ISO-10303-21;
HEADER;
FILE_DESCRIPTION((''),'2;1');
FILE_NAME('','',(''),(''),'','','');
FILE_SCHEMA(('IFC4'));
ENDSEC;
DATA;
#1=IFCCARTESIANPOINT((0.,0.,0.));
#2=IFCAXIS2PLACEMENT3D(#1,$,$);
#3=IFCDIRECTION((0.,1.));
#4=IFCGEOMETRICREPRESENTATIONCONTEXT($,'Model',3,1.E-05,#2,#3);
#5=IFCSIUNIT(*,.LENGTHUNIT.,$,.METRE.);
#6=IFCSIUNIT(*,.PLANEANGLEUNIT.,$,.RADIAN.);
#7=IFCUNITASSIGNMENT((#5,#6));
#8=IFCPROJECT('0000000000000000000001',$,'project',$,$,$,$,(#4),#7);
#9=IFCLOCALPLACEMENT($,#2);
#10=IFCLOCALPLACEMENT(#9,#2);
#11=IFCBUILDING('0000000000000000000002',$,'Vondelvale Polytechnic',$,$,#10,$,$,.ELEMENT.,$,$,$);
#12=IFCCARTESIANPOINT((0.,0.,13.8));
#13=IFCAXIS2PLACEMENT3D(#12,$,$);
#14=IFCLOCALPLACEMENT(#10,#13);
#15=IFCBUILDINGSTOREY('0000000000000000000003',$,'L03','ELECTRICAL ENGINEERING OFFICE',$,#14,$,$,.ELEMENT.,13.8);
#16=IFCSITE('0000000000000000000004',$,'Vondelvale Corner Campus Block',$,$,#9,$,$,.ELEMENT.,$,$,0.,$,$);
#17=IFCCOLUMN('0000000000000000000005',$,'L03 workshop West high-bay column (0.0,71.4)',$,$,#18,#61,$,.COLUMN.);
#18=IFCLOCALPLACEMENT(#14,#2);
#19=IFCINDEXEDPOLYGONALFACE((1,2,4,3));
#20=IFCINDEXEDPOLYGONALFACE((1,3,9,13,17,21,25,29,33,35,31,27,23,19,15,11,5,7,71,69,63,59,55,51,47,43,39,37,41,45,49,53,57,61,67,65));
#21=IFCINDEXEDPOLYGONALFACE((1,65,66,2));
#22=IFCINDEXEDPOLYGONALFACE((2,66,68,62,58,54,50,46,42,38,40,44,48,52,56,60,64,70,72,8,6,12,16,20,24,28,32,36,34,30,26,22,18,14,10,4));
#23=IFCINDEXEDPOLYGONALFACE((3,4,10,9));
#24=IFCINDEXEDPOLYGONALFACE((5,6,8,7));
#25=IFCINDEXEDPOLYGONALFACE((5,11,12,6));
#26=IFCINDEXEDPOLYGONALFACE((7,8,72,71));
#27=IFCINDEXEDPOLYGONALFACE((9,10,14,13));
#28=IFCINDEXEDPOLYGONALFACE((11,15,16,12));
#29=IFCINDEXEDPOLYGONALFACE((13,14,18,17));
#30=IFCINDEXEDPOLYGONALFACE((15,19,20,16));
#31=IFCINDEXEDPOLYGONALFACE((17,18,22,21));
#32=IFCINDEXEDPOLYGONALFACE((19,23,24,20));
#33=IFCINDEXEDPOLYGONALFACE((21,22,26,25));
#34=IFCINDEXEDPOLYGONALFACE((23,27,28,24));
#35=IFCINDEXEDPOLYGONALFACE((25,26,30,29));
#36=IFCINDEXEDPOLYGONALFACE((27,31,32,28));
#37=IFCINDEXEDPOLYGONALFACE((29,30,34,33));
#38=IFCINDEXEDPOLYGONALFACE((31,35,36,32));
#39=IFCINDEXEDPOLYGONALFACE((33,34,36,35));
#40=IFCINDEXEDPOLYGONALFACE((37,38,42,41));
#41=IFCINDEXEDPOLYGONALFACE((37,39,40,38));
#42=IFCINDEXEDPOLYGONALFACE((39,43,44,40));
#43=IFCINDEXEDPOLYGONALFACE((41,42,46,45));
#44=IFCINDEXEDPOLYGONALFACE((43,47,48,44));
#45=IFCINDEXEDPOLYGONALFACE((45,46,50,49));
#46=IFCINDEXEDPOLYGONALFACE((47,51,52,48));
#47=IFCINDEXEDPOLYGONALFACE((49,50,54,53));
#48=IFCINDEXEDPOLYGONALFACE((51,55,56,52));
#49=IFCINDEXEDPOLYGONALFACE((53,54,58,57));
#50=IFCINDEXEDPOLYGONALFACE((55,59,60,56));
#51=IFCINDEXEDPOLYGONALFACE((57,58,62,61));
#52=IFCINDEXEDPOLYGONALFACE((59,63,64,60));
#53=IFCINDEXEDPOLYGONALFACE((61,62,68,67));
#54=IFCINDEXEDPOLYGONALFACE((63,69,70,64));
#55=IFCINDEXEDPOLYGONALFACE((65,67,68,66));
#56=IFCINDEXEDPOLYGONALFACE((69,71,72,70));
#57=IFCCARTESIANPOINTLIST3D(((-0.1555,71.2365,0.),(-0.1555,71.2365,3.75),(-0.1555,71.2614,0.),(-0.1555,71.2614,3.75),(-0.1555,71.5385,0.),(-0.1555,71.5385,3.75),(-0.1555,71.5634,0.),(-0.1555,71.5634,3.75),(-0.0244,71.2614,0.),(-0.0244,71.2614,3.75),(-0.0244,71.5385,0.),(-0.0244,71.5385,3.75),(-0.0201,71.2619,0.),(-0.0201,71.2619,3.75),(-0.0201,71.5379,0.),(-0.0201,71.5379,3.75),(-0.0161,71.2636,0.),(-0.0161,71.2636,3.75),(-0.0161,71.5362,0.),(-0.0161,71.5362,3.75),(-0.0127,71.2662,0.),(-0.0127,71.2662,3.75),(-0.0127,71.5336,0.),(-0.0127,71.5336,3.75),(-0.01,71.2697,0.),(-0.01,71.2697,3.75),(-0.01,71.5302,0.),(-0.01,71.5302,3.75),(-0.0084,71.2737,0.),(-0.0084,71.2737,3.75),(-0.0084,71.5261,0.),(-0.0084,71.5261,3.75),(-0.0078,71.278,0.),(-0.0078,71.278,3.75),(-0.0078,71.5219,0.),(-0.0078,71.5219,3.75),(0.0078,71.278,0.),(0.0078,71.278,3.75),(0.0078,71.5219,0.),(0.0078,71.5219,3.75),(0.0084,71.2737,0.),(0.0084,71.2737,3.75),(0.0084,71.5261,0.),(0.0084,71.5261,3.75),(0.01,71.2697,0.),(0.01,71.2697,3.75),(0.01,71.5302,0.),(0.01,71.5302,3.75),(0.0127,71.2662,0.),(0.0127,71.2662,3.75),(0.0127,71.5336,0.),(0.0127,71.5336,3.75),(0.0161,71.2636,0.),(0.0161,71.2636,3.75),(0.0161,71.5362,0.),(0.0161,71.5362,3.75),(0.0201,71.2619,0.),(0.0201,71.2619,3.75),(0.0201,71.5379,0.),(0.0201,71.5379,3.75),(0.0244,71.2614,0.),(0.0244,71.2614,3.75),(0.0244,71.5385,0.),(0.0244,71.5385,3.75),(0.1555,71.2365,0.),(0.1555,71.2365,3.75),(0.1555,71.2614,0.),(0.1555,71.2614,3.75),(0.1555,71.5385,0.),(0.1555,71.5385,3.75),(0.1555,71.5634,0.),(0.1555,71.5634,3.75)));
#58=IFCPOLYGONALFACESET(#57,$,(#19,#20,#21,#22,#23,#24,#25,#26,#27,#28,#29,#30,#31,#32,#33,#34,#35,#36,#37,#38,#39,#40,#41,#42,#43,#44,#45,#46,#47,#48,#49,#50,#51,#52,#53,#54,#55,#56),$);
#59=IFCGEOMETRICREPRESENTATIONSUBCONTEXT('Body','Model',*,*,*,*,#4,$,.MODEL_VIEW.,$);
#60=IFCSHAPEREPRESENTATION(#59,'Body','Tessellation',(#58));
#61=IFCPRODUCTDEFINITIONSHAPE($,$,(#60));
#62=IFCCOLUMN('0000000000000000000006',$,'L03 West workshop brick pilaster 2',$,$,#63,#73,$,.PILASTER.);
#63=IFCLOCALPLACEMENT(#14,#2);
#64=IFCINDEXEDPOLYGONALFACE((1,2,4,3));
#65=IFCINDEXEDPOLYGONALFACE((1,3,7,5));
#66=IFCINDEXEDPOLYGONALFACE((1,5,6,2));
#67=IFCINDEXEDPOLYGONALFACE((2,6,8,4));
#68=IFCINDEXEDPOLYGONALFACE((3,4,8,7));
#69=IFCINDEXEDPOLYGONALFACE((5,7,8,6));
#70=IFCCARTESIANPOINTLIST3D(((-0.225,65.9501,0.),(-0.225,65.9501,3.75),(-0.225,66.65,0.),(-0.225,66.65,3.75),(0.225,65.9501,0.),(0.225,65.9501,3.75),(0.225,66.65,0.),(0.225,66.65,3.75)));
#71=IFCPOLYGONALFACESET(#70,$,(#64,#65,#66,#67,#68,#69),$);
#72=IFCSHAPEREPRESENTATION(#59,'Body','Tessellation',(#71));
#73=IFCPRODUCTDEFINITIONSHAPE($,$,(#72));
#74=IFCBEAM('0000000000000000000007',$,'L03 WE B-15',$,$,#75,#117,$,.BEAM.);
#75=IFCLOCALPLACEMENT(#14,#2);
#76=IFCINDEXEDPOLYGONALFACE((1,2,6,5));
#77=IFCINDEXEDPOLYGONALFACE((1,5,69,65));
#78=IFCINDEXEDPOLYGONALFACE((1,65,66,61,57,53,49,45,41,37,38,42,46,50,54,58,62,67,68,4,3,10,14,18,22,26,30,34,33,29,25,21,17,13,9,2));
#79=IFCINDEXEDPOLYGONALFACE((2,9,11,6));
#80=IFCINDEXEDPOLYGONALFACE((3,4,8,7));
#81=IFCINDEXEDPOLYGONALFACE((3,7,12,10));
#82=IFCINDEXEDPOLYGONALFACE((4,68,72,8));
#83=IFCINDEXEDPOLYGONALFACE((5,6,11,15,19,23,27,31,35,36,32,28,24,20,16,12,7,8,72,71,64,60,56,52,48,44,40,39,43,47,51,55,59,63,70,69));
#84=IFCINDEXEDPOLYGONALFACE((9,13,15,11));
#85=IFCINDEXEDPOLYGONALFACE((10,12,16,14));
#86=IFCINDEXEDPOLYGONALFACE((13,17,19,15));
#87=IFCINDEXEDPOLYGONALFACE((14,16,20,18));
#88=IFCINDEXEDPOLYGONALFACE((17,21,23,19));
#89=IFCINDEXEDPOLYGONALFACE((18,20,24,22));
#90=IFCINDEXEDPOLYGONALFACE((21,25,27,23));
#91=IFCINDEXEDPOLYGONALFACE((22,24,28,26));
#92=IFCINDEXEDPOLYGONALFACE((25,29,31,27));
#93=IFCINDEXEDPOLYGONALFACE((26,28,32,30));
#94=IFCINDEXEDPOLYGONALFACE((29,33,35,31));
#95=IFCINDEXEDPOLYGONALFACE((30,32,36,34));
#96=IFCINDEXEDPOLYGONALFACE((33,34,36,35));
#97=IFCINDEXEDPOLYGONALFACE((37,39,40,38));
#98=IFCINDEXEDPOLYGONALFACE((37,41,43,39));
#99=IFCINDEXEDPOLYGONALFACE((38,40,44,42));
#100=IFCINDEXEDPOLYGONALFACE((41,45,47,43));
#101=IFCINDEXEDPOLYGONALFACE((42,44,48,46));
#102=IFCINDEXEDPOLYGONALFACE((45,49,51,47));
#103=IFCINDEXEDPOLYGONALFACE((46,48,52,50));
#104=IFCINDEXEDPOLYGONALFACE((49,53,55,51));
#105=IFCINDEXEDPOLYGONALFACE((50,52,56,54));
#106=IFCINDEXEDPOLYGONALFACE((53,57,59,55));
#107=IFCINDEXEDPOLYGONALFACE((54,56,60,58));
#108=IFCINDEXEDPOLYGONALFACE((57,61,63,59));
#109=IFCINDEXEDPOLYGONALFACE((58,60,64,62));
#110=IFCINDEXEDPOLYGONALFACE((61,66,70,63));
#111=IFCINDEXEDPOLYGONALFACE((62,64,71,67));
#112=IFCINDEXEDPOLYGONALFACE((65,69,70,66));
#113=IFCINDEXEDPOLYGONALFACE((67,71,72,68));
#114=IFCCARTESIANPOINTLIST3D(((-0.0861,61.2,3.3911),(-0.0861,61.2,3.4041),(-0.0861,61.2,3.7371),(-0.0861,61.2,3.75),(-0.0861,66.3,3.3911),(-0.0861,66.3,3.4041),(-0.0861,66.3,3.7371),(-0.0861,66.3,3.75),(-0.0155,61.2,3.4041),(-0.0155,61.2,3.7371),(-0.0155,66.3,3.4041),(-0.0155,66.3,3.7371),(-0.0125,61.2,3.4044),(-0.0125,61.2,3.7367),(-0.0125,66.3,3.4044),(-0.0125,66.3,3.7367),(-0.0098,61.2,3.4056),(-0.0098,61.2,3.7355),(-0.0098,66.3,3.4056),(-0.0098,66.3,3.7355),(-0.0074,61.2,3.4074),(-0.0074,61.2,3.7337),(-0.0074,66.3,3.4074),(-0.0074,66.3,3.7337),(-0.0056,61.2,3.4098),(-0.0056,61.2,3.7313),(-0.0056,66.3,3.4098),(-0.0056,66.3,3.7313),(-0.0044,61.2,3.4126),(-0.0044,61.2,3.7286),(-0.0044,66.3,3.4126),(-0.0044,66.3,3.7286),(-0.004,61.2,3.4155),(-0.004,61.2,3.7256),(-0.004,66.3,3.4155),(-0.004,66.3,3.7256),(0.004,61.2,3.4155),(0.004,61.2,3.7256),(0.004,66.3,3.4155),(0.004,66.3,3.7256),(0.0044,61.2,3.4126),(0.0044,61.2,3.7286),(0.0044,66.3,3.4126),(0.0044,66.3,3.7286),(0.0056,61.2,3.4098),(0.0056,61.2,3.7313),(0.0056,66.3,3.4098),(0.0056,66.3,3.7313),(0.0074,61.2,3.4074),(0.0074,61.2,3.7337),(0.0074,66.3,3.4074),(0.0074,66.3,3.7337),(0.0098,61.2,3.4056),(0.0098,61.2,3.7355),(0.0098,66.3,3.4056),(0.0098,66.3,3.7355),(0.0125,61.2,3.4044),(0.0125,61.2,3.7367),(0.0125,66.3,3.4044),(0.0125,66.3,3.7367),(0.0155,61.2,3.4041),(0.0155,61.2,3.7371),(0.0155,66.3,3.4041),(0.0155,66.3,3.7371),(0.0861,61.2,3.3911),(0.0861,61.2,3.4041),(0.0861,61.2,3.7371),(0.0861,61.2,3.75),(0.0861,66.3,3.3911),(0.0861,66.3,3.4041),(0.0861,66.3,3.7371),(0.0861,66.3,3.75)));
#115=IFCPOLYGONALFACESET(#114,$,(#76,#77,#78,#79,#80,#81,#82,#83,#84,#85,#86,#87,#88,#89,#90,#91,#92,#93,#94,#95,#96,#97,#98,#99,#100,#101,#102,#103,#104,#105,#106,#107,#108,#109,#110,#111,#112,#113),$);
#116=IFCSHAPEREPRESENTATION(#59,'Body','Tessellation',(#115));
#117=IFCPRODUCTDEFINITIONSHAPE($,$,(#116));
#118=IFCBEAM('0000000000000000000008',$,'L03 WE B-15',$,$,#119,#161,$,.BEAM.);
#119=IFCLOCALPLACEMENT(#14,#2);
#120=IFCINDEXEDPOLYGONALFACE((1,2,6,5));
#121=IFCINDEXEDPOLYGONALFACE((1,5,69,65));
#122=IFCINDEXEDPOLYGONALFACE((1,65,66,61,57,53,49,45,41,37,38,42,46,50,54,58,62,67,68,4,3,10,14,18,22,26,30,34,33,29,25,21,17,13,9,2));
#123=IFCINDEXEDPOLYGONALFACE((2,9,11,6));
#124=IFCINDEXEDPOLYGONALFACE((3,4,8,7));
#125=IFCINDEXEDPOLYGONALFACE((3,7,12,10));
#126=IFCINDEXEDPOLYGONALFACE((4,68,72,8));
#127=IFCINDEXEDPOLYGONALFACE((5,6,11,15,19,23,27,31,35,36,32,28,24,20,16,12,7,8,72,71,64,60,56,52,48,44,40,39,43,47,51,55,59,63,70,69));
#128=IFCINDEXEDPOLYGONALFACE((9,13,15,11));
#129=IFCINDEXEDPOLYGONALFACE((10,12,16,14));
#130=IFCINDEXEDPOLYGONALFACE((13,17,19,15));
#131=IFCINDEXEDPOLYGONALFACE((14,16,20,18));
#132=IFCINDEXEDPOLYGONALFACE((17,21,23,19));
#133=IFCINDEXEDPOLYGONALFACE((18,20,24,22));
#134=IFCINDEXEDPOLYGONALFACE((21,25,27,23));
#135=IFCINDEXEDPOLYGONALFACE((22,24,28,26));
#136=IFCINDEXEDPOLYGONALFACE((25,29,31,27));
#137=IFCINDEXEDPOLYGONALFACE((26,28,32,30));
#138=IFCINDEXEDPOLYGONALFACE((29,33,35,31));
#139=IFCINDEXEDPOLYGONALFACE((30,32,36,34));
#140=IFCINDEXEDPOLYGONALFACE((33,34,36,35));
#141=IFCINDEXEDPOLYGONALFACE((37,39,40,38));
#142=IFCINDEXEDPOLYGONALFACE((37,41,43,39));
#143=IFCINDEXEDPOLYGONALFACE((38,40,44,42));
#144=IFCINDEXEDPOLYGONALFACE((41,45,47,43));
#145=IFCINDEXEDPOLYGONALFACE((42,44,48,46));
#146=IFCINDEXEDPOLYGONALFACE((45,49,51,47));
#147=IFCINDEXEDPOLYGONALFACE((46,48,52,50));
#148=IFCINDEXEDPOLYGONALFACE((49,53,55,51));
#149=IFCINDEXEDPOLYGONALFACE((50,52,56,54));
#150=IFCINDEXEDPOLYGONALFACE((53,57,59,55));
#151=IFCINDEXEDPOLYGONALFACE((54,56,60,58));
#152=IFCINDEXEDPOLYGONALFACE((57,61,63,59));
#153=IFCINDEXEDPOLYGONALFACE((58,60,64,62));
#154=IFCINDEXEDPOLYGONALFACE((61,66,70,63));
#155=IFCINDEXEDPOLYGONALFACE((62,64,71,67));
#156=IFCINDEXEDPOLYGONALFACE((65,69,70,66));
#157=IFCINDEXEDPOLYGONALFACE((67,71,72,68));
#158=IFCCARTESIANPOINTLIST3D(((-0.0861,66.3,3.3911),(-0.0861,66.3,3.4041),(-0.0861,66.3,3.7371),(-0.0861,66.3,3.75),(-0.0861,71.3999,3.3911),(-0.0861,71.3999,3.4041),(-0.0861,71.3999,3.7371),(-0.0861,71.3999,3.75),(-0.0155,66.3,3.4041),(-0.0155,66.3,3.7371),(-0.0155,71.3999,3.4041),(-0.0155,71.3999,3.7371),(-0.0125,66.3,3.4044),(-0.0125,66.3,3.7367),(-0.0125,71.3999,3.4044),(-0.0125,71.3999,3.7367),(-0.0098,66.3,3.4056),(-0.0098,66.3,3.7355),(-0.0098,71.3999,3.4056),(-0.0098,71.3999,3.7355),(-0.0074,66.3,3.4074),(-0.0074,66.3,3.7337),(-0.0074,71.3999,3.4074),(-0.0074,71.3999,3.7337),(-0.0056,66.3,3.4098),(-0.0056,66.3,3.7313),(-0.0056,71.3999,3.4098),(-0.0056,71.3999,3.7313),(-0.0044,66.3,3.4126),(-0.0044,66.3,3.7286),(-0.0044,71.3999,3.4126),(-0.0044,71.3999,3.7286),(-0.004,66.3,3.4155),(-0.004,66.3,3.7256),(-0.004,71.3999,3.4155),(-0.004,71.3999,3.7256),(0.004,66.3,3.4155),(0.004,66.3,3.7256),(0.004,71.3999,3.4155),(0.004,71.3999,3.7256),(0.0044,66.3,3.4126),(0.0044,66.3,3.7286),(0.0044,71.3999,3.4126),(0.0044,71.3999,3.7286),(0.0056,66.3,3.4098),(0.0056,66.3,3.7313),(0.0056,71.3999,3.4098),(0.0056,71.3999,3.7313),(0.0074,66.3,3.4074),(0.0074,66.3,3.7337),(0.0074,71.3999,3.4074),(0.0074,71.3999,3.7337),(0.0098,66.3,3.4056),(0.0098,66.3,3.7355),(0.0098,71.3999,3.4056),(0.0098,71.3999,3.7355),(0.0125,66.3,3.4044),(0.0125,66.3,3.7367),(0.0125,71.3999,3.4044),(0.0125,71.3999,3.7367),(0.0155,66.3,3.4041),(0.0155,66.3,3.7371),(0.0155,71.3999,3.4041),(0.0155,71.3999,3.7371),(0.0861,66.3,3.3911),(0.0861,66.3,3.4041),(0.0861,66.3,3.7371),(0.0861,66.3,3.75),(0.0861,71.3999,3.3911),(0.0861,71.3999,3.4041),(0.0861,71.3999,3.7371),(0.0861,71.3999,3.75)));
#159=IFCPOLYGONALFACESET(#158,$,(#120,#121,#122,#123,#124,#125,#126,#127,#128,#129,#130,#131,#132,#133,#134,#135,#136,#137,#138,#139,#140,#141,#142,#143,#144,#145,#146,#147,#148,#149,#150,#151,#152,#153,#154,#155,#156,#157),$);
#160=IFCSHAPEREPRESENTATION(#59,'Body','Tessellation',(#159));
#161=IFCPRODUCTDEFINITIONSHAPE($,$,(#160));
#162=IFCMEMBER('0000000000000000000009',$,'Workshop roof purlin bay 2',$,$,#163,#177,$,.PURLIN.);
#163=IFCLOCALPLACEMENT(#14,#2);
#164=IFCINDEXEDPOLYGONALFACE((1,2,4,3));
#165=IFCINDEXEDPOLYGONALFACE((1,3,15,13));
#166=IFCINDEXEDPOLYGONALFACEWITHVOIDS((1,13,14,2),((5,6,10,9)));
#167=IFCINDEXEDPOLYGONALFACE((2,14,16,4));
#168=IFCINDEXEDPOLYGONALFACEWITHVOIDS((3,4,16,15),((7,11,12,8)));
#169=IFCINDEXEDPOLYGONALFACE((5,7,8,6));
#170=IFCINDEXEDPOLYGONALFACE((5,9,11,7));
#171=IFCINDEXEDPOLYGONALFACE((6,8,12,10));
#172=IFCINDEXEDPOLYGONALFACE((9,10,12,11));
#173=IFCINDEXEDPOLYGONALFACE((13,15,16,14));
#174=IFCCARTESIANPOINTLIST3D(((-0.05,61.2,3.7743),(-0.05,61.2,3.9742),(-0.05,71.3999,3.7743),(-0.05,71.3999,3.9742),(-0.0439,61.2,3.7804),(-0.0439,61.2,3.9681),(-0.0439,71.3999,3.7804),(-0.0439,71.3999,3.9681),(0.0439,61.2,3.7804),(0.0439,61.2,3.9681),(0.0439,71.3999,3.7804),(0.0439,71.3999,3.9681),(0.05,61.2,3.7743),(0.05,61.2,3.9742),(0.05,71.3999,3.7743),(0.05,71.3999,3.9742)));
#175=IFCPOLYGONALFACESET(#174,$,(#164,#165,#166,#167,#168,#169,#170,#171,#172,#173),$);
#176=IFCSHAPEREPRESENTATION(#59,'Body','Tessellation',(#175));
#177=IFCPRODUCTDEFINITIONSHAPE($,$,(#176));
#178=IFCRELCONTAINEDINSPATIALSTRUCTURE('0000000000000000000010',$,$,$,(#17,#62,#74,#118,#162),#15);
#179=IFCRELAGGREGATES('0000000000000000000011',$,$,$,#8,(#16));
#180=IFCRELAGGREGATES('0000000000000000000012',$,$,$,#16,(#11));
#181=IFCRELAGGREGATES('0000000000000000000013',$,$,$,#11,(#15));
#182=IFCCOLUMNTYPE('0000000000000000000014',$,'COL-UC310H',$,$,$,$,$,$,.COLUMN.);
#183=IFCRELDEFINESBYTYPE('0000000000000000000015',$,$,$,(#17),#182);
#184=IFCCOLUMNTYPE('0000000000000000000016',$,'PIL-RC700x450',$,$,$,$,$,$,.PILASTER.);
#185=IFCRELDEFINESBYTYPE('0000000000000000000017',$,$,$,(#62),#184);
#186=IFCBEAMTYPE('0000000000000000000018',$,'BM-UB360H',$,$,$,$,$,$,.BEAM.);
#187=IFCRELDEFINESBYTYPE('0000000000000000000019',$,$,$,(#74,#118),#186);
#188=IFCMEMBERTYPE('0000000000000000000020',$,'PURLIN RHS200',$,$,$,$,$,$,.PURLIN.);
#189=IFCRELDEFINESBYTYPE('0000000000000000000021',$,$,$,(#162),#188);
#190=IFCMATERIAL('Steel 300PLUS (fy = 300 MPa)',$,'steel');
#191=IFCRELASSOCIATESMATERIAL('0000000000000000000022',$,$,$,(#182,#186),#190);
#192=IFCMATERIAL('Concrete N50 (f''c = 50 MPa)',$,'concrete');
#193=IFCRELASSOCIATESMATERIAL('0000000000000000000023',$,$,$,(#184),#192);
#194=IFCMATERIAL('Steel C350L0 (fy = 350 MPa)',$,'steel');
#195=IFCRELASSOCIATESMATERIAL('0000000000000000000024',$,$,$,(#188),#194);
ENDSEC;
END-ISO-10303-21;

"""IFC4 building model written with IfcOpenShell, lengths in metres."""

from ifc_helpers import new_model, si_unit, direction, frame, origin, origin_2d, place, context, subcontext, project, spatial, rectangle, hollow_rectangle, i_section, extrude, material, material_profile, profile_set, type_object, element, save


model = new_model("IFC4")

# Units and contexts
model_context = context("Model", 3, precision=1e-05, world=origin(), true_north=direction((0.0, 1.0)))
body_context = subcontext(model_context, "Body", "Model", "MODEL_VIEW")
ifc_project = project(units=[si_unit("LENGTHUNIT", "METRE"), si_unit("PLANEANGLEUNIT", "RADIAN")], contexts=[model_context])

# Site, building, storey
site_placement = place(None, origin())
site = spatial("IfcSite", under=ifc_project, at=site_placement, Name="Vondelvale Corner Campus Block", CompositionType="ELEMENT", RefElevation=0.0)
building_placement = place(site_placement, origin())
building = spatial("IfcBuilding", under=site, at=building_placement, Name="Vondelvale Polytechnic", CompositionType="ELEMENT")
storey_placement = place(building_placement, frame((0.0, 0.0, 13.8)))
storey = spatial("IfcBuildingStorey", under=building, at=storey_placement, Name="L03", Description="ELECTRICAL ENGINEERING OFFICE", CompositionType="ELEMENT", Elevation=13.8)

# Columns
ifc_material_1 = material(Name="Steel 300PLUS (fy = 300 MPa)", Category="steel")
ifc_material_profile_1 = material_profile(ifc_material_1, i_section(OverallWidth=0.311, OverallDepth=0.3269, WebThickness=0.0156, FlangeThickness=0.0249, FilletRadius=0.0166, at=origin_2d()), Name="310UC158")
ifc_profile_set_1 = profile_set([ifc_material_profile_1], Name="Steel 300PLUS (fy = 300 MPa)")
column_type_1 = type_object("IfcColumnType", Name="COL-UC310H", PredefinedType="COLUMN", material=ifc_profile_set_1)
column_1_placement = place(storey_placement, frame((0.0, 71.3999, 0.0), z_axis=(0.0, 0.0, 1.0), x_axis=(1.0, 0.0, 0.0)))
element("IfcColumn", 1, at=column_1_placement, inside=storey, type_object=column_type_1, Name="L03 workshop West high-bay column (0.0,71.4)", PredefinedType="COLUMN", context=body_context, shape_type="SweptSolid", body=[
    extrude(i_section(OverallWidth=0.311, OverallDepth=0.3269, WebThickness=0.0156, FlangeThickness=0.0249, FilletRadius=0.0166, at=origin_2d()), origin(), (0.0, 0.0, 1.0), 3.75),
])
ifc_material_2 = material(Name="Concrete N50 (f'c = 50 MPa)", Category="concrete")
ifc_material_profile_2 = material_profile(ifc_material_2, rectangle(XDim=0.45, YDim=0.7, at=origin_2d()), Name="RC-PIL-700x450")
ifc_profile_set_2 = profile_set([ifc_material_profile_2], Name="Concrete N50 (f'c = 50 MPa)")
column_type_2 = type_object("IfcColumnType", Name="PIL-RC700x450", PredefinedType="PILASTER", material=ifc_profile_set_2)
column_2_placement = place(storey_placement, frame((0.0, 66.3, 0.0), z_axis=(0.0, 0.0, 1.0), x_axis=(1.0, 0.0, 0.0)))
element("IfcColumn", 2, at=column_2_placement, inside=storey, type_object=column_type_2, Name="L03 West workshop brick pilaster 2", PredefinedType="PILASTER", context=body_context, shape_type="SweptSolid", body=[
    extrude(rectangle(XDim=0.45, YDim=0.7, at=origin_2d()), origin(), (0.0, 0.0, 1.0), 3.75),
])

# Beams
ifc_material_profile_3 = material_profile(ifc_material_1, i_section(OverallWidth=0.1721, OverallDepth=0.3589, WebThickness=0.0081, FlangeThickness=0.0129, FilletRadius=0.0115, at=origin_2d()), Name="360UB56.7")
ifc_profile_set_3 = profile_set([ifc_material_profile_3], Name="Steel 300PLUS (fy = 300 MPa)")
beam_type = type_object("IfcBeamType", Name="BM-UB360H", PredefinedType="BEAM", material=ifc_profile_set_3)
beam_1_placement = place(storey_placement, frame((0.0, 61.2, 3.5706), z_axis=(0.0, 1.0, 0.0), x_axis=(-1.0, 0.0, 0.0)))
element("IfcBeam", 3, at=beam_1_placement, inside=storey, type_object=beam_type, Name="L03 WE B-15", PredefinedType="BEAM", context=body_context, shape_type="SweptSolid", body=[
    extrude(i_section(OverallWidth=0.1721, OverallDepth=0.3589, WebThickness=0.0081, FlangeThickness=0.0129, FilletRadius=0.0115, at=origin_2d()), origin(), (0.0, 0.0, 1.0), 5.1001),
])
beam_2_placement = place(storey_placement, frame((0.0, 66.3, 3.5706), z_axis=(0.0, 1.0, 0.0), x_axis=(-1.0, 0.0, 0.0)))
element("IfcBeam", 4, at=beam_2_placement, inside=storey, type_object=beam_type, Name="L03 WE B-15", PredefinedType="BEAM", context=body_context, shape_type="SweptSolid", body=[
    extrude(i_section(OverallWidth=0.1721, OverallDepth=0.3589, WebThickness=0.0081, FlangeThickness=0.0129, FilletRadius=0.0115, at=origin_2d()), origin(), (0.0, 0.0, 1.0), 5.0999),
])

# Member
ifc_material_3 = material(Name="Steel C350L0 (fy = 350 MPa)", Category="steel")
ifc_material_profile_4 = material_profile(ifc_material_3, hollow_rectangle(XDim=0.1001, YDim=0.2, WallThickness=0.0061, at=origin_2d()), Name="200x100x6.0RHS")
ifc_profile_set_4 = profile_set([ifc_material_profile_4], Name="Steel C350L0 (fy = 350 MPa)")
member_type_1 = type_object("IfcMemberType", Name="PURLIN RHS200", PredefinedType="PURLIN", material=ifc_profile_set_4)
member_1_placement = place(storey_placement, frame((0.0, 61.2, 3.8743), z_axis=(0.0, 1.0, 0.0), x_axis=(-1.0, 0.0, 0.0)))
element("IfcMember", 5, at=member_1_placement, inside=storey, type_object=member_type_1, Name="Workshop roof purlin bay 2", PredefinedType="PURLIN", context=body_context, shape_type="SweptSolid", body=[
    extrude(hollow_rectangle(XDim=0.1001, YDim=0.2, WallThickness=0.0061, at=origin_2d()), origin(), (0.0, 0.0, 1.0), 10.2),
])

save(model, "model.ifc")
